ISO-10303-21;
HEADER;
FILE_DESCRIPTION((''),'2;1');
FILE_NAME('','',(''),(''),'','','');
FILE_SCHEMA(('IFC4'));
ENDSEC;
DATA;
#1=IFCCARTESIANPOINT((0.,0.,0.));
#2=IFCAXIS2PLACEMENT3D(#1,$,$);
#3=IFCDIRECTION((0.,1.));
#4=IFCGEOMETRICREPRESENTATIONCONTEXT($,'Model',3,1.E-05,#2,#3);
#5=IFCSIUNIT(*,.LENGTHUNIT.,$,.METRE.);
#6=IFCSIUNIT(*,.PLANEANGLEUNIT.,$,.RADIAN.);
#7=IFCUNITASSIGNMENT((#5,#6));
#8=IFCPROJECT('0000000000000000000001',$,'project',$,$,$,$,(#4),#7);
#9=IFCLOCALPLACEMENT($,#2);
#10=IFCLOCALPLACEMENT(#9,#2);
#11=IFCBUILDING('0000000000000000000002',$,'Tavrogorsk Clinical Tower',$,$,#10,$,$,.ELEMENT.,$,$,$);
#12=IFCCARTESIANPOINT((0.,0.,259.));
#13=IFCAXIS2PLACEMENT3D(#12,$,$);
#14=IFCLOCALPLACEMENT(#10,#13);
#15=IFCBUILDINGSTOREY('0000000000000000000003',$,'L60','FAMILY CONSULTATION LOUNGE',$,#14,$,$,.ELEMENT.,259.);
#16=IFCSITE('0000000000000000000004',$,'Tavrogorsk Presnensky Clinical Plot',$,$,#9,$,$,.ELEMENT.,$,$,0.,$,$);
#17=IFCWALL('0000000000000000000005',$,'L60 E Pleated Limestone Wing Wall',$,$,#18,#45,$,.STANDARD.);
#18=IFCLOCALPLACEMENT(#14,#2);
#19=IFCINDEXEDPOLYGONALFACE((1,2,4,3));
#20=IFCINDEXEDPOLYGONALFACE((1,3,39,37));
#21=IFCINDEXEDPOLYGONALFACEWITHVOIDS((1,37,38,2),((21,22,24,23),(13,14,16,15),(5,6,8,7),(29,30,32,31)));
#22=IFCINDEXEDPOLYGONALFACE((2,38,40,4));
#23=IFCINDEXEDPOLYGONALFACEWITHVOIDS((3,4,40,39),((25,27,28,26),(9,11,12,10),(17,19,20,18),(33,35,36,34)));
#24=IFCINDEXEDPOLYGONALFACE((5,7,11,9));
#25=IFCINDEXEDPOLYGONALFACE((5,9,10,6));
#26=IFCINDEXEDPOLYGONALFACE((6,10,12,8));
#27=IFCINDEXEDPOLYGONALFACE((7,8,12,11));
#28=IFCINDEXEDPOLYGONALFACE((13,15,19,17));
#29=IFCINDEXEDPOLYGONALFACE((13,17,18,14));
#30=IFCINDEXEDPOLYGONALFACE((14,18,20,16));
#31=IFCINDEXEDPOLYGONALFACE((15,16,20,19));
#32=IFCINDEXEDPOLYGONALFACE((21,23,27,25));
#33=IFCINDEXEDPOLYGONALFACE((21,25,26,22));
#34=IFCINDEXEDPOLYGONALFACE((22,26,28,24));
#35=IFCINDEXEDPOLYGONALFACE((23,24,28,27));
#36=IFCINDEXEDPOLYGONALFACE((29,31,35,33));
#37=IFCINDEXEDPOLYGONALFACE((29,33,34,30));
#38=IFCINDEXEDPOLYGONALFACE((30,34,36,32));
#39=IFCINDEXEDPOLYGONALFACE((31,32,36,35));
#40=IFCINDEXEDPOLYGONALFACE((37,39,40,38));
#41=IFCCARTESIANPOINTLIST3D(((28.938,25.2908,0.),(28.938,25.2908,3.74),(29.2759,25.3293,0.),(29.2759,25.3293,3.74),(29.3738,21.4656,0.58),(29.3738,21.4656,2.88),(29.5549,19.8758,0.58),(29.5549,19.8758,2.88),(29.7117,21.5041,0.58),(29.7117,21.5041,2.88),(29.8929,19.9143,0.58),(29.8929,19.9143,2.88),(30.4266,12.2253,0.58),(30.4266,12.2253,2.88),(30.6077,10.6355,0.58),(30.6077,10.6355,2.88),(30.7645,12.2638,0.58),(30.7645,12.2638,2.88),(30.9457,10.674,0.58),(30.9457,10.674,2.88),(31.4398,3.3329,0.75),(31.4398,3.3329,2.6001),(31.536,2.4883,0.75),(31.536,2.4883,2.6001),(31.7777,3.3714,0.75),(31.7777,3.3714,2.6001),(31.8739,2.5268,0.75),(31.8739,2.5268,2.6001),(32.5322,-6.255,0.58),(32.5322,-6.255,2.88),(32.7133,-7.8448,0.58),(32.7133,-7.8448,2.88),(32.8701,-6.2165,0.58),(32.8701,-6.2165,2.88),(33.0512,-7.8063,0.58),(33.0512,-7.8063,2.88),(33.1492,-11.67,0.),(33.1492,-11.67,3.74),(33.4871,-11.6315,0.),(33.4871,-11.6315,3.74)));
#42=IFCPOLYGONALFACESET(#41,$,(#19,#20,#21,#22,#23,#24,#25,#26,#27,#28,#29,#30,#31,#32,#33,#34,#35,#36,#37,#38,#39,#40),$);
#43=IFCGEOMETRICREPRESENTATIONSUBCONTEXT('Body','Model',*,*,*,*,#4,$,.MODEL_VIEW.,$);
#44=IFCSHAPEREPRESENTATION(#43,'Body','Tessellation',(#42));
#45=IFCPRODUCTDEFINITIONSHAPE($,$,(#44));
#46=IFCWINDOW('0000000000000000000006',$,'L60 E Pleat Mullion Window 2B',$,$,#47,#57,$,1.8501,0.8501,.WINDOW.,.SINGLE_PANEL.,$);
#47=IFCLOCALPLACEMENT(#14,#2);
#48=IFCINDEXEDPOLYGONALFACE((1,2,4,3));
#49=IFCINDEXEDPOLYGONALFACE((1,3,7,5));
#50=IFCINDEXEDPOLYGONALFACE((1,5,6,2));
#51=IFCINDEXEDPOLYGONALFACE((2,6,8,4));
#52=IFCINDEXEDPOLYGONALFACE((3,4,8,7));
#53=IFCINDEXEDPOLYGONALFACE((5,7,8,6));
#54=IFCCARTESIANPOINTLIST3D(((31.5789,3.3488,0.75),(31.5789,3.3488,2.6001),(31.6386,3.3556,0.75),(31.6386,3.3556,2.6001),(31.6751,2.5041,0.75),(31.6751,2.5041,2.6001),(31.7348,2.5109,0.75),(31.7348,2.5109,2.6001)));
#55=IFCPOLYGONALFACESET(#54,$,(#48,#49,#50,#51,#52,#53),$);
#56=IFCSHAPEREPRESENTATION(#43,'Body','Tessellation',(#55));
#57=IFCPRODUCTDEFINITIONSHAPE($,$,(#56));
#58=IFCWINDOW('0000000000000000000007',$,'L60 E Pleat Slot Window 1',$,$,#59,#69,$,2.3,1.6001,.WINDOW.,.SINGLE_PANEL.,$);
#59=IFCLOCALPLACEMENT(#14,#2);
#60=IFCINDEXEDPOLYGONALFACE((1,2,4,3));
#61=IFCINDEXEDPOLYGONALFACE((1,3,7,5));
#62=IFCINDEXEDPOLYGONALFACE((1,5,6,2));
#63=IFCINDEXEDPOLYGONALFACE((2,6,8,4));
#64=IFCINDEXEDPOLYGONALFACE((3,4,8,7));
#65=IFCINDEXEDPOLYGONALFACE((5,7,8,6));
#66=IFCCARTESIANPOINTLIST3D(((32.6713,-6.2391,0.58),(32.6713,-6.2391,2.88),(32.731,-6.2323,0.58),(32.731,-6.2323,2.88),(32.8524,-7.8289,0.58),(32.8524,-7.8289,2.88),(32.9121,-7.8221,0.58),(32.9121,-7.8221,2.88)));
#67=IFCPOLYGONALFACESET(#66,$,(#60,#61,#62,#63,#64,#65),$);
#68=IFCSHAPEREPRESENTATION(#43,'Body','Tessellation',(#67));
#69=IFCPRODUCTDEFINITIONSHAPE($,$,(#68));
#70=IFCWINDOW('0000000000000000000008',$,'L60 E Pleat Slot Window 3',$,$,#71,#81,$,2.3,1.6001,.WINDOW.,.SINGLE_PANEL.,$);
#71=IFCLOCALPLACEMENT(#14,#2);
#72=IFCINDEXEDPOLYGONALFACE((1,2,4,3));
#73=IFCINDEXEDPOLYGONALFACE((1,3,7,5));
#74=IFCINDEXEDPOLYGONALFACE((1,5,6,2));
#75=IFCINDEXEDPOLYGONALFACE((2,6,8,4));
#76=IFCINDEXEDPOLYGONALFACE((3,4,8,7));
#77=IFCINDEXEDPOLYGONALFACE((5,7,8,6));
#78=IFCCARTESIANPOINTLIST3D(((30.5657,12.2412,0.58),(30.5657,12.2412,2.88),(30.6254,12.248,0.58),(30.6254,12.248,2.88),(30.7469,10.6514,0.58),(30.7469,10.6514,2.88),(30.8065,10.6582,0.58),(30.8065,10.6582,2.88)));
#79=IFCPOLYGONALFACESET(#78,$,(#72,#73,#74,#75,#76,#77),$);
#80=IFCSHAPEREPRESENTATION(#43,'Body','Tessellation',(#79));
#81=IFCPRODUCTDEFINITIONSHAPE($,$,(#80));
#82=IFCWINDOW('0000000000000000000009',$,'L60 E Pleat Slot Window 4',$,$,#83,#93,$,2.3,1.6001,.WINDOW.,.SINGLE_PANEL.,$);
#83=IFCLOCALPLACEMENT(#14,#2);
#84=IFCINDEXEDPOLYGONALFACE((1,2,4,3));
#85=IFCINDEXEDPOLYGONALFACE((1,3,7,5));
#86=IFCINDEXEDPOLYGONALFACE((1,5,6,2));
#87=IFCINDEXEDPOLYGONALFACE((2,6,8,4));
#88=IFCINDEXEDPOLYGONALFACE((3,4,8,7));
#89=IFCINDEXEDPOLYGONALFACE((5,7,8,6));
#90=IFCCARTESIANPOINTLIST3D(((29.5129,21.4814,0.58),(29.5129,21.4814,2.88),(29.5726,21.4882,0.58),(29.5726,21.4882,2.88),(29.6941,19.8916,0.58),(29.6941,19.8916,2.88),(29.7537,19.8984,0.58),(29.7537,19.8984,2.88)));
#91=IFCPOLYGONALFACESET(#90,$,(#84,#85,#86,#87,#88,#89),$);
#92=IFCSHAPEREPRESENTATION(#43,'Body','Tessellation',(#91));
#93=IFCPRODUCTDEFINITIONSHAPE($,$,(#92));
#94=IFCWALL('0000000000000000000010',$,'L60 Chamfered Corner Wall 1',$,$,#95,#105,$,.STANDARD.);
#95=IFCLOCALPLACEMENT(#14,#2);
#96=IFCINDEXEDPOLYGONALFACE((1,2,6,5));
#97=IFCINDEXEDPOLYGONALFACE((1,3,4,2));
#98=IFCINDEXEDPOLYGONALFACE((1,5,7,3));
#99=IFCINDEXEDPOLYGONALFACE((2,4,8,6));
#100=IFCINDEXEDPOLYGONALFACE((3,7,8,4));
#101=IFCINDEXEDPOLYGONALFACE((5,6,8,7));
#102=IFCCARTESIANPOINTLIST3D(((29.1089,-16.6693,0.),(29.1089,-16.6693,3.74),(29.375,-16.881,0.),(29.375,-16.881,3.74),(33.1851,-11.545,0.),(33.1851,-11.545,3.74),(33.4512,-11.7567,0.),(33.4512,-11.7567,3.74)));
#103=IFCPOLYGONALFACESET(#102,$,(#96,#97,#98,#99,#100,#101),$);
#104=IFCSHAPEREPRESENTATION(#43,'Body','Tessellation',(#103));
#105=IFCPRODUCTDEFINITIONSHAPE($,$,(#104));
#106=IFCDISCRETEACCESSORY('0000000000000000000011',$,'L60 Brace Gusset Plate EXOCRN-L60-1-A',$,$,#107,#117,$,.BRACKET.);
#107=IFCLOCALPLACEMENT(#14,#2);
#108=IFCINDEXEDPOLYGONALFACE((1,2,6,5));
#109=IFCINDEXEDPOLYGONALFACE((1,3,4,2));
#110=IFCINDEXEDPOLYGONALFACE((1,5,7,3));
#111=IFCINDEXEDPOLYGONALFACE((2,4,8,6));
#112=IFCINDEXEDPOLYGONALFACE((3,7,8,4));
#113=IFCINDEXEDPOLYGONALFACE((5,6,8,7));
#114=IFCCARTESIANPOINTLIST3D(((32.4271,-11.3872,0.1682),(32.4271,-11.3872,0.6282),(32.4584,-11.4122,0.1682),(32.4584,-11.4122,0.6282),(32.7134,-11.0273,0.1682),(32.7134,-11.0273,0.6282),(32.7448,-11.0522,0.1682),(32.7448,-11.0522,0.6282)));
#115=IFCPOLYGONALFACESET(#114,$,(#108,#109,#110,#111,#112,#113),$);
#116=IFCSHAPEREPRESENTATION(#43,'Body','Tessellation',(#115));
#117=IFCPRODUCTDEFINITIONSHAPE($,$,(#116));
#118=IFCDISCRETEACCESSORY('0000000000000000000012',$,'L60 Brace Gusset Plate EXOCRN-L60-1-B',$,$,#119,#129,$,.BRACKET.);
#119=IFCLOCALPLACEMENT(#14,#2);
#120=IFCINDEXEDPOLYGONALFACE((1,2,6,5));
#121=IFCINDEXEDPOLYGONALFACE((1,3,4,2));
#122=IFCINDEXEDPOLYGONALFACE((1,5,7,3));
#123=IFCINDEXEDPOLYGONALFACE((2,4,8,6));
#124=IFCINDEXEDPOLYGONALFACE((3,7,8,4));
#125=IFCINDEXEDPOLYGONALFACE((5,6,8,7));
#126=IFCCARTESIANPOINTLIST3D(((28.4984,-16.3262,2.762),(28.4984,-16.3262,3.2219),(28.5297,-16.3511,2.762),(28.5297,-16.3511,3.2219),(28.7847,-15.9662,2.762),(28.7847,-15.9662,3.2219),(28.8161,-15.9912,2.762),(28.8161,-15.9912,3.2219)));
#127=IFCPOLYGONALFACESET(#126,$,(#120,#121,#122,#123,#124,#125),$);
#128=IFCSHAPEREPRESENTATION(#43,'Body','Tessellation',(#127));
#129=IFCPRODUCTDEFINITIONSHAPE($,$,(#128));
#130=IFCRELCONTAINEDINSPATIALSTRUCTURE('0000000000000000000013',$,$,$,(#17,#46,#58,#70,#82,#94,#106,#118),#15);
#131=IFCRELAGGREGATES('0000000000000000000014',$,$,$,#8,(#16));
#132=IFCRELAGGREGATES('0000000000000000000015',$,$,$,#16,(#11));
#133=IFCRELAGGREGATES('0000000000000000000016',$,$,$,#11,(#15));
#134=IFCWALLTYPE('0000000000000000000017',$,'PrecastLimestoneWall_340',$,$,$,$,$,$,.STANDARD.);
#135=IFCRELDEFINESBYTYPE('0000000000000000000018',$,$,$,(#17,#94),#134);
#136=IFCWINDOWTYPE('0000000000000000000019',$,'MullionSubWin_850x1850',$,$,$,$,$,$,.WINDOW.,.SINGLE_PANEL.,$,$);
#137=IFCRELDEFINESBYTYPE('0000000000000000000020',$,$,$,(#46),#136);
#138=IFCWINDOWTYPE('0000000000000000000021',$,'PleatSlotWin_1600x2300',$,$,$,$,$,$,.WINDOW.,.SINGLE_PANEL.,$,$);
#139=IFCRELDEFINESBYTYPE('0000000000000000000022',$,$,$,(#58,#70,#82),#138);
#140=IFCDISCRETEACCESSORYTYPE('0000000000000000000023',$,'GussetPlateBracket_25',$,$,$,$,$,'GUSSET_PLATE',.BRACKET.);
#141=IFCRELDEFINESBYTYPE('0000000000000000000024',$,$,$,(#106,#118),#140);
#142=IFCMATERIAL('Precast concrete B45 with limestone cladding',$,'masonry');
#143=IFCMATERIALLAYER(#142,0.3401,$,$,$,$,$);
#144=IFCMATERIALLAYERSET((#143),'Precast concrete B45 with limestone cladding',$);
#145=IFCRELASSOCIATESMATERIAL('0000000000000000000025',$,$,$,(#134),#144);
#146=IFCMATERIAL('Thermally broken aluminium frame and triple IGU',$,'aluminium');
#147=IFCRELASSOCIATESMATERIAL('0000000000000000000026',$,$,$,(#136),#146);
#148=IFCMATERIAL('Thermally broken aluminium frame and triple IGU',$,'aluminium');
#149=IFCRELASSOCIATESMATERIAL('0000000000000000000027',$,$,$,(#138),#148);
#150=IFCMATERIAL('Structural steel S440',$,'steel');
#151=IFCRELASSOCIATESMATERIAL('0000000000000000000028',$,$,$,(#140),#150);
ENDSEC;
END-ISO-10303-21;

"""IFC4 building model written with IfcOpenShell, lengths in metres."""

from ifc_helpers import new_model, si_unit, direction, frame, frame_2d, origin, origin_2d, place, context, subcontext, project, spatial, rectangle, extrude, material, layer, layer_set, type_object, element, fill, save


model = new_model("IFC4")

# Units and contexts
model_context = context("Model", 3, precision=1e-05, world=origin(), true_north=direction((0.0, 1.0)))
body_context = subcontext(model_context, "Body", "Model", "MODEL_VIEW")
ifc_project = project(units=[si_unit("LENGTHUNIT", "METRE"), si_unit("PLANEANGLEUNIT", "RADIAN")], contexts=[model_context])

# Site, building, storey
site_placement = place(None, origin())
site = spatial("IfcSite", under=ifc_project, at=site_placement, Name="Tavrogorsk Presnensky Clinical Plot", CompositionType="ELEMENT", RefElevation=0.0)
building_placement = place(site_placement, origin())
building = spatial("IfcBuilding", under=site, at=building_placement, Name="Tavrogorsk Clinical Tower", CompositionType="ELEMENT")
storey_placement = place(building_placement, frame((0.0, 0.0, 259.0)))
storey = spatial("IfcBuildingStorey", under=building, at=storey_placement, Name="L60", Description="FAMILY CONSULTATION LOUNGE", CompositionType="ELEMENT", Elevation=259.0)

# Wall, openings, windows
ifc_material_1 = material(Name="Precast concrete B45 with limestone cladding", Category="masonry")
ifc_layer_1 = layer(ifc_material_1, 0.3401)
ifc_layer_set_1 = layer_set([ifc_layer_1], Name="Precast concrete B45 with limestone cladding")
wall_type_1 = type_object("IfcWallType", Name="PrecastLimestoneWall_340", PredefinedType="STANDARD", material=ifc_layer_set_1)
wall_1_placement = place(storey_placement, frame((33.3181, -11.6509, 0.0), z_axis=(0.0, 0.0, 1.0), x_axis=(-0.113204, 0.993572, 0.0)))
wall_1 = element("IfcWall", 1, at=wall_1_placement, inside=storey, type_object=wall_type_1, Name="L60 E Pleated Limestone Wing Wall", PredefinedType="STANDARD", context=body_context, shape_type="SweptSolid", body=[
    extrude(rectangle(XDim=37.2, YDim=0.3401, at=frame_2d((18.6001, 0.0))), origin(), (0.0, 0.0, 1.0), 3.74),
])
opening_1_placement = place(wall_1_placement, frame((3.8501, 0.0, 0.5801)))
opening_1 = element("IfcOpeningElement", 2, at=opening_1_placement, cuts=wall_1, PredefinedType="OPENING", context=body_context, shape_type="SweptSolid", body=[
    extrude(rectangle(XDim=1.6001, YDim=2.3, at=frame_2d((0.8, 1.1499))), frame((0.0, 0.1799, 0.0), z_axis=(0.0, -1.0, 0.0), x_axis=(1.0, 0.0, 0.0)), (0.0, 0.0, 1.0), 0.3601),
])
opening_2_placement = place(wall_1_placement, frame((14.25, 0.0, 0.75)))
opening_2 = element("IfcOpeningElement", 3, at=opening_2_placement, cuts=wall_1, PredefinedType="OPENING", context=body_context, shape_type="SweptSolid", body=[
    extrude(rectangle(XDim=0.8501, YDim=1.8501, at=frame_2d((0.425, 0.925))), frame((0.0, 0.1799, 0.0), z_axis=(0.0, -1.0, 0.0), x_axis=(1.0, 0.0, 0.0)), (0.0, 0.0, 1.0), 0.3601),
])
opening_3_placement = place(wall_1_placement, frame((22.45, 0.0, 0.5801)))
opening_3 = element("IfcOpeningElement", 4, at=opening_3_placement, cuts=wall_1, PredefinedType="OPENING", context=body_context, shape_type="SweptSolid", body=[
    extrude(rectangle(XDim=1.6001, YDim=2.3, at=frame_2d((0.8, 1.1499))), frame((0.0, 0.1799, 0.0), z_axis=(0.0, -1.0, 0.0), x_axis=(1.0, 0.0, 0.0)), (0.0, 0.0, 1.0), 0.3601),
])
opening_4_placement = place(wall_1_placement, frame((31.75, 0.0, 0.5801)))
opening_4 = element("IfcOpeningElement", 5, at=opening_4_placement, cuts=wall_1, PredefinedType="OPENING", context=body_context, shape_type="SweptSolid", body=[
    extrude(rectangle(XDim=1.6001, YDim=2.3, at=frame_2d((0.8, 1.1499))), frame((0.0, 0.1799, 0.0), z_axis=(0.0, -1.0, 0.0), x_axis=(1.0, 0.0, 0.0)), (0.0, 0.0, 1.0), 0.3601),
])
ifc_material_2 = material(Name="Thermally broken aluminium frame and triple IGU", Category="aluminium")
window_type_1 = type_object("IfcWindowType", Name="MullionSubWin_850x1850", PartitioningType="SINGLE_PANEL", PredefinedType="WINDOW", material=ifc_material_2)
window_1_placement = place(opening_2_placement, origin())
window_1 = element("IfcWindow", 6, at=window_1_placement, inside=storey, type_object=window_type_1, Name="L60 E Pleat Mullion Window 2B", OverallHeight=1.8501, OverallWidth=0.8501, PartitioningType="SINGLE_PANEL", PredefinedType="WINDOW", context=body_context, shape_type="SweptSolid", body=[
    extrude(rectangle(XDim=0.8501, YDim=1.8501, at=frame_2d((0.425, 0.925))), frame((0.0, 0.03, 0.0), z_axis=(0.0, -1.0, 0.0), x_axis=(1.0, 0.0, 0.0)), (0.0, 0.0, 1.0), 0.0601),
])
fill(opening_2, window_1)
ifc_material_3 = material(Name="Thermally broken aluminium frame and triple IGU", Category="aluminium")
window_type_2 = type_object("IfcWindowType", Name="PleatSlotWin_1600x2300", PartitioningType="SINGLE_PANEL", PredefinedType="WINDOW", material=ifc_material_3)
window_2_placement = place(opening_1_placement, origin())
window_2 = element("IfcWindow", 7, at=window_2_placement, inside=storey, type_object=window_type_2, Name="L60 E Pleat Slot Window 1", OverallHeight=2.3, OverallWidth=1.6001, PartitioningType="SINGLE_PANEL", PredefinedType="WINDOW", context=body_context, shape_type="SweptSolid", body=[
    extrude(rectangle(XDim=1.6001, YDim=2.3, at=frame_2d((0.8, 1.1499))), frame((0.0, 0.03, 0.0), z_axis=(0.0, -1.0, 0.0), x_axis=(1.0, 0.0, 0.0)), (0.0, 0.0, 1.0), 0.0601),
])
fill(opening_1, window_2)
window_3_placement = place(opening_3_placement, origin())
window_3 = element("IfcWindow", 8, at=window_3_placement, inside=storey, type_object=window_type_2, Name="L60 E Pleat Slot Window 3", OverallHeight=2.3, OverallWidth=1.6001, PartitioningType="SINGLE_PANEL", PredefinedType="WINDOW", context=body_context, shape_type="SweptSolid", body=[
    extrude(rectangle(XDim=1.6001, YDim=2.3, at=frame_2d((0.8, 1.1499))), frame((0.0, 0.03, 0.0), z_axis=(0.0, -1.0, 0.0), x_axis=(1.0, 0.0, 0.0)), (0.0, 0.0, 1.0), 0.0601),
])
fill(opening_3, window_3)
window_4_placement = place(opening_4_placement, origin())
window_4 = element("IfcWindow", 9, at=window_4_placement, inside=storey, type_object=window_type_2, Name="L60 E Pleat Slot Window 4", OverallHeight=2.3, OverallWidth=1.6001, PartitioningType="SINGLE_PANEL", PredefinedType="WINDOW", context=body_context, shape_type="SweptSolid", body=[
    extrude(rectangle(XDim=1.6001, YDim=2.3, at=frame_2d((0.8, 1.1499))), frame((0.0, 0.03, 0.0), z_axis=(0.0, -1.0, 0.0), x_axis=(1.0, 0.0, 0.0)), (0.0, 0.0, 1.0), 0.0601),
])
fill(opening_4, window_4)

# Wall
wall_2_placement = place(storey_placement, frame((29.2419, -16.7751, 0.0), z_axis=(0.0, 0.0, 1.0), x_axis=(0.622528, 0.782597, 0.0)))
element("IfcWall", 10, at=wall_2_placement, inside=storey, type_object=wall_type_1, Name="L60 Chamfered Corner Wall 1", PredefinedType="STANDARD", context=body_context, shape_type="SweptSolid", body=[
    extrude(rectangle(XDim=6.5479, YDim=0.3401, at=frame_2d((3.2739, 0.0))), origin(), (0.0, 0.0, 1.0), 3.74),
])

# Discrete accessories
ifc_material_4 = material(Name="Structural steel S440", Category="steel")
discrete_accessory_type = type_object("IfcDiscreteAccessoryType", Name="GussetPlateBracket_25", ElementType="GUSSET_PLATE", PredefinedType="BRACKET", material=ifc_material_4)
for number, where, z_axis, x_axis, name in (
    (11, (32.5859, -11.2197, 0.1682), (0.0, 0.0, 1.0), (-0.622515, -0.782608, 0.0), "L60 Brace Gusset Plate EXOCRN-L60-1-A"),
    (12, (28.6572, -16.1587, 2.762), (0.0, 0.0, 1.0), (-0.622515, -0.782608, 0.0), "L60 Brace Gusset Plate EXOCRN-L60-1-B"),
):
    element("IfcDiscreteAccessory", number, at=place(storey_placement, frame(where, z_axis=z_axis, x_axis=x_axis)), inside=storey, type_object=discrete_accessory_type, Name=name, PredefinedType="BRACKET", context=body_context, shape_type="SweptSolid", body=[
        extrude(rectangle(XDim=0.46, YDim=0.04, at=origin_2d()), origin(), (0.0, 0.0, 1.0), 0.46),
    ])

save(model, "model.ifc")
